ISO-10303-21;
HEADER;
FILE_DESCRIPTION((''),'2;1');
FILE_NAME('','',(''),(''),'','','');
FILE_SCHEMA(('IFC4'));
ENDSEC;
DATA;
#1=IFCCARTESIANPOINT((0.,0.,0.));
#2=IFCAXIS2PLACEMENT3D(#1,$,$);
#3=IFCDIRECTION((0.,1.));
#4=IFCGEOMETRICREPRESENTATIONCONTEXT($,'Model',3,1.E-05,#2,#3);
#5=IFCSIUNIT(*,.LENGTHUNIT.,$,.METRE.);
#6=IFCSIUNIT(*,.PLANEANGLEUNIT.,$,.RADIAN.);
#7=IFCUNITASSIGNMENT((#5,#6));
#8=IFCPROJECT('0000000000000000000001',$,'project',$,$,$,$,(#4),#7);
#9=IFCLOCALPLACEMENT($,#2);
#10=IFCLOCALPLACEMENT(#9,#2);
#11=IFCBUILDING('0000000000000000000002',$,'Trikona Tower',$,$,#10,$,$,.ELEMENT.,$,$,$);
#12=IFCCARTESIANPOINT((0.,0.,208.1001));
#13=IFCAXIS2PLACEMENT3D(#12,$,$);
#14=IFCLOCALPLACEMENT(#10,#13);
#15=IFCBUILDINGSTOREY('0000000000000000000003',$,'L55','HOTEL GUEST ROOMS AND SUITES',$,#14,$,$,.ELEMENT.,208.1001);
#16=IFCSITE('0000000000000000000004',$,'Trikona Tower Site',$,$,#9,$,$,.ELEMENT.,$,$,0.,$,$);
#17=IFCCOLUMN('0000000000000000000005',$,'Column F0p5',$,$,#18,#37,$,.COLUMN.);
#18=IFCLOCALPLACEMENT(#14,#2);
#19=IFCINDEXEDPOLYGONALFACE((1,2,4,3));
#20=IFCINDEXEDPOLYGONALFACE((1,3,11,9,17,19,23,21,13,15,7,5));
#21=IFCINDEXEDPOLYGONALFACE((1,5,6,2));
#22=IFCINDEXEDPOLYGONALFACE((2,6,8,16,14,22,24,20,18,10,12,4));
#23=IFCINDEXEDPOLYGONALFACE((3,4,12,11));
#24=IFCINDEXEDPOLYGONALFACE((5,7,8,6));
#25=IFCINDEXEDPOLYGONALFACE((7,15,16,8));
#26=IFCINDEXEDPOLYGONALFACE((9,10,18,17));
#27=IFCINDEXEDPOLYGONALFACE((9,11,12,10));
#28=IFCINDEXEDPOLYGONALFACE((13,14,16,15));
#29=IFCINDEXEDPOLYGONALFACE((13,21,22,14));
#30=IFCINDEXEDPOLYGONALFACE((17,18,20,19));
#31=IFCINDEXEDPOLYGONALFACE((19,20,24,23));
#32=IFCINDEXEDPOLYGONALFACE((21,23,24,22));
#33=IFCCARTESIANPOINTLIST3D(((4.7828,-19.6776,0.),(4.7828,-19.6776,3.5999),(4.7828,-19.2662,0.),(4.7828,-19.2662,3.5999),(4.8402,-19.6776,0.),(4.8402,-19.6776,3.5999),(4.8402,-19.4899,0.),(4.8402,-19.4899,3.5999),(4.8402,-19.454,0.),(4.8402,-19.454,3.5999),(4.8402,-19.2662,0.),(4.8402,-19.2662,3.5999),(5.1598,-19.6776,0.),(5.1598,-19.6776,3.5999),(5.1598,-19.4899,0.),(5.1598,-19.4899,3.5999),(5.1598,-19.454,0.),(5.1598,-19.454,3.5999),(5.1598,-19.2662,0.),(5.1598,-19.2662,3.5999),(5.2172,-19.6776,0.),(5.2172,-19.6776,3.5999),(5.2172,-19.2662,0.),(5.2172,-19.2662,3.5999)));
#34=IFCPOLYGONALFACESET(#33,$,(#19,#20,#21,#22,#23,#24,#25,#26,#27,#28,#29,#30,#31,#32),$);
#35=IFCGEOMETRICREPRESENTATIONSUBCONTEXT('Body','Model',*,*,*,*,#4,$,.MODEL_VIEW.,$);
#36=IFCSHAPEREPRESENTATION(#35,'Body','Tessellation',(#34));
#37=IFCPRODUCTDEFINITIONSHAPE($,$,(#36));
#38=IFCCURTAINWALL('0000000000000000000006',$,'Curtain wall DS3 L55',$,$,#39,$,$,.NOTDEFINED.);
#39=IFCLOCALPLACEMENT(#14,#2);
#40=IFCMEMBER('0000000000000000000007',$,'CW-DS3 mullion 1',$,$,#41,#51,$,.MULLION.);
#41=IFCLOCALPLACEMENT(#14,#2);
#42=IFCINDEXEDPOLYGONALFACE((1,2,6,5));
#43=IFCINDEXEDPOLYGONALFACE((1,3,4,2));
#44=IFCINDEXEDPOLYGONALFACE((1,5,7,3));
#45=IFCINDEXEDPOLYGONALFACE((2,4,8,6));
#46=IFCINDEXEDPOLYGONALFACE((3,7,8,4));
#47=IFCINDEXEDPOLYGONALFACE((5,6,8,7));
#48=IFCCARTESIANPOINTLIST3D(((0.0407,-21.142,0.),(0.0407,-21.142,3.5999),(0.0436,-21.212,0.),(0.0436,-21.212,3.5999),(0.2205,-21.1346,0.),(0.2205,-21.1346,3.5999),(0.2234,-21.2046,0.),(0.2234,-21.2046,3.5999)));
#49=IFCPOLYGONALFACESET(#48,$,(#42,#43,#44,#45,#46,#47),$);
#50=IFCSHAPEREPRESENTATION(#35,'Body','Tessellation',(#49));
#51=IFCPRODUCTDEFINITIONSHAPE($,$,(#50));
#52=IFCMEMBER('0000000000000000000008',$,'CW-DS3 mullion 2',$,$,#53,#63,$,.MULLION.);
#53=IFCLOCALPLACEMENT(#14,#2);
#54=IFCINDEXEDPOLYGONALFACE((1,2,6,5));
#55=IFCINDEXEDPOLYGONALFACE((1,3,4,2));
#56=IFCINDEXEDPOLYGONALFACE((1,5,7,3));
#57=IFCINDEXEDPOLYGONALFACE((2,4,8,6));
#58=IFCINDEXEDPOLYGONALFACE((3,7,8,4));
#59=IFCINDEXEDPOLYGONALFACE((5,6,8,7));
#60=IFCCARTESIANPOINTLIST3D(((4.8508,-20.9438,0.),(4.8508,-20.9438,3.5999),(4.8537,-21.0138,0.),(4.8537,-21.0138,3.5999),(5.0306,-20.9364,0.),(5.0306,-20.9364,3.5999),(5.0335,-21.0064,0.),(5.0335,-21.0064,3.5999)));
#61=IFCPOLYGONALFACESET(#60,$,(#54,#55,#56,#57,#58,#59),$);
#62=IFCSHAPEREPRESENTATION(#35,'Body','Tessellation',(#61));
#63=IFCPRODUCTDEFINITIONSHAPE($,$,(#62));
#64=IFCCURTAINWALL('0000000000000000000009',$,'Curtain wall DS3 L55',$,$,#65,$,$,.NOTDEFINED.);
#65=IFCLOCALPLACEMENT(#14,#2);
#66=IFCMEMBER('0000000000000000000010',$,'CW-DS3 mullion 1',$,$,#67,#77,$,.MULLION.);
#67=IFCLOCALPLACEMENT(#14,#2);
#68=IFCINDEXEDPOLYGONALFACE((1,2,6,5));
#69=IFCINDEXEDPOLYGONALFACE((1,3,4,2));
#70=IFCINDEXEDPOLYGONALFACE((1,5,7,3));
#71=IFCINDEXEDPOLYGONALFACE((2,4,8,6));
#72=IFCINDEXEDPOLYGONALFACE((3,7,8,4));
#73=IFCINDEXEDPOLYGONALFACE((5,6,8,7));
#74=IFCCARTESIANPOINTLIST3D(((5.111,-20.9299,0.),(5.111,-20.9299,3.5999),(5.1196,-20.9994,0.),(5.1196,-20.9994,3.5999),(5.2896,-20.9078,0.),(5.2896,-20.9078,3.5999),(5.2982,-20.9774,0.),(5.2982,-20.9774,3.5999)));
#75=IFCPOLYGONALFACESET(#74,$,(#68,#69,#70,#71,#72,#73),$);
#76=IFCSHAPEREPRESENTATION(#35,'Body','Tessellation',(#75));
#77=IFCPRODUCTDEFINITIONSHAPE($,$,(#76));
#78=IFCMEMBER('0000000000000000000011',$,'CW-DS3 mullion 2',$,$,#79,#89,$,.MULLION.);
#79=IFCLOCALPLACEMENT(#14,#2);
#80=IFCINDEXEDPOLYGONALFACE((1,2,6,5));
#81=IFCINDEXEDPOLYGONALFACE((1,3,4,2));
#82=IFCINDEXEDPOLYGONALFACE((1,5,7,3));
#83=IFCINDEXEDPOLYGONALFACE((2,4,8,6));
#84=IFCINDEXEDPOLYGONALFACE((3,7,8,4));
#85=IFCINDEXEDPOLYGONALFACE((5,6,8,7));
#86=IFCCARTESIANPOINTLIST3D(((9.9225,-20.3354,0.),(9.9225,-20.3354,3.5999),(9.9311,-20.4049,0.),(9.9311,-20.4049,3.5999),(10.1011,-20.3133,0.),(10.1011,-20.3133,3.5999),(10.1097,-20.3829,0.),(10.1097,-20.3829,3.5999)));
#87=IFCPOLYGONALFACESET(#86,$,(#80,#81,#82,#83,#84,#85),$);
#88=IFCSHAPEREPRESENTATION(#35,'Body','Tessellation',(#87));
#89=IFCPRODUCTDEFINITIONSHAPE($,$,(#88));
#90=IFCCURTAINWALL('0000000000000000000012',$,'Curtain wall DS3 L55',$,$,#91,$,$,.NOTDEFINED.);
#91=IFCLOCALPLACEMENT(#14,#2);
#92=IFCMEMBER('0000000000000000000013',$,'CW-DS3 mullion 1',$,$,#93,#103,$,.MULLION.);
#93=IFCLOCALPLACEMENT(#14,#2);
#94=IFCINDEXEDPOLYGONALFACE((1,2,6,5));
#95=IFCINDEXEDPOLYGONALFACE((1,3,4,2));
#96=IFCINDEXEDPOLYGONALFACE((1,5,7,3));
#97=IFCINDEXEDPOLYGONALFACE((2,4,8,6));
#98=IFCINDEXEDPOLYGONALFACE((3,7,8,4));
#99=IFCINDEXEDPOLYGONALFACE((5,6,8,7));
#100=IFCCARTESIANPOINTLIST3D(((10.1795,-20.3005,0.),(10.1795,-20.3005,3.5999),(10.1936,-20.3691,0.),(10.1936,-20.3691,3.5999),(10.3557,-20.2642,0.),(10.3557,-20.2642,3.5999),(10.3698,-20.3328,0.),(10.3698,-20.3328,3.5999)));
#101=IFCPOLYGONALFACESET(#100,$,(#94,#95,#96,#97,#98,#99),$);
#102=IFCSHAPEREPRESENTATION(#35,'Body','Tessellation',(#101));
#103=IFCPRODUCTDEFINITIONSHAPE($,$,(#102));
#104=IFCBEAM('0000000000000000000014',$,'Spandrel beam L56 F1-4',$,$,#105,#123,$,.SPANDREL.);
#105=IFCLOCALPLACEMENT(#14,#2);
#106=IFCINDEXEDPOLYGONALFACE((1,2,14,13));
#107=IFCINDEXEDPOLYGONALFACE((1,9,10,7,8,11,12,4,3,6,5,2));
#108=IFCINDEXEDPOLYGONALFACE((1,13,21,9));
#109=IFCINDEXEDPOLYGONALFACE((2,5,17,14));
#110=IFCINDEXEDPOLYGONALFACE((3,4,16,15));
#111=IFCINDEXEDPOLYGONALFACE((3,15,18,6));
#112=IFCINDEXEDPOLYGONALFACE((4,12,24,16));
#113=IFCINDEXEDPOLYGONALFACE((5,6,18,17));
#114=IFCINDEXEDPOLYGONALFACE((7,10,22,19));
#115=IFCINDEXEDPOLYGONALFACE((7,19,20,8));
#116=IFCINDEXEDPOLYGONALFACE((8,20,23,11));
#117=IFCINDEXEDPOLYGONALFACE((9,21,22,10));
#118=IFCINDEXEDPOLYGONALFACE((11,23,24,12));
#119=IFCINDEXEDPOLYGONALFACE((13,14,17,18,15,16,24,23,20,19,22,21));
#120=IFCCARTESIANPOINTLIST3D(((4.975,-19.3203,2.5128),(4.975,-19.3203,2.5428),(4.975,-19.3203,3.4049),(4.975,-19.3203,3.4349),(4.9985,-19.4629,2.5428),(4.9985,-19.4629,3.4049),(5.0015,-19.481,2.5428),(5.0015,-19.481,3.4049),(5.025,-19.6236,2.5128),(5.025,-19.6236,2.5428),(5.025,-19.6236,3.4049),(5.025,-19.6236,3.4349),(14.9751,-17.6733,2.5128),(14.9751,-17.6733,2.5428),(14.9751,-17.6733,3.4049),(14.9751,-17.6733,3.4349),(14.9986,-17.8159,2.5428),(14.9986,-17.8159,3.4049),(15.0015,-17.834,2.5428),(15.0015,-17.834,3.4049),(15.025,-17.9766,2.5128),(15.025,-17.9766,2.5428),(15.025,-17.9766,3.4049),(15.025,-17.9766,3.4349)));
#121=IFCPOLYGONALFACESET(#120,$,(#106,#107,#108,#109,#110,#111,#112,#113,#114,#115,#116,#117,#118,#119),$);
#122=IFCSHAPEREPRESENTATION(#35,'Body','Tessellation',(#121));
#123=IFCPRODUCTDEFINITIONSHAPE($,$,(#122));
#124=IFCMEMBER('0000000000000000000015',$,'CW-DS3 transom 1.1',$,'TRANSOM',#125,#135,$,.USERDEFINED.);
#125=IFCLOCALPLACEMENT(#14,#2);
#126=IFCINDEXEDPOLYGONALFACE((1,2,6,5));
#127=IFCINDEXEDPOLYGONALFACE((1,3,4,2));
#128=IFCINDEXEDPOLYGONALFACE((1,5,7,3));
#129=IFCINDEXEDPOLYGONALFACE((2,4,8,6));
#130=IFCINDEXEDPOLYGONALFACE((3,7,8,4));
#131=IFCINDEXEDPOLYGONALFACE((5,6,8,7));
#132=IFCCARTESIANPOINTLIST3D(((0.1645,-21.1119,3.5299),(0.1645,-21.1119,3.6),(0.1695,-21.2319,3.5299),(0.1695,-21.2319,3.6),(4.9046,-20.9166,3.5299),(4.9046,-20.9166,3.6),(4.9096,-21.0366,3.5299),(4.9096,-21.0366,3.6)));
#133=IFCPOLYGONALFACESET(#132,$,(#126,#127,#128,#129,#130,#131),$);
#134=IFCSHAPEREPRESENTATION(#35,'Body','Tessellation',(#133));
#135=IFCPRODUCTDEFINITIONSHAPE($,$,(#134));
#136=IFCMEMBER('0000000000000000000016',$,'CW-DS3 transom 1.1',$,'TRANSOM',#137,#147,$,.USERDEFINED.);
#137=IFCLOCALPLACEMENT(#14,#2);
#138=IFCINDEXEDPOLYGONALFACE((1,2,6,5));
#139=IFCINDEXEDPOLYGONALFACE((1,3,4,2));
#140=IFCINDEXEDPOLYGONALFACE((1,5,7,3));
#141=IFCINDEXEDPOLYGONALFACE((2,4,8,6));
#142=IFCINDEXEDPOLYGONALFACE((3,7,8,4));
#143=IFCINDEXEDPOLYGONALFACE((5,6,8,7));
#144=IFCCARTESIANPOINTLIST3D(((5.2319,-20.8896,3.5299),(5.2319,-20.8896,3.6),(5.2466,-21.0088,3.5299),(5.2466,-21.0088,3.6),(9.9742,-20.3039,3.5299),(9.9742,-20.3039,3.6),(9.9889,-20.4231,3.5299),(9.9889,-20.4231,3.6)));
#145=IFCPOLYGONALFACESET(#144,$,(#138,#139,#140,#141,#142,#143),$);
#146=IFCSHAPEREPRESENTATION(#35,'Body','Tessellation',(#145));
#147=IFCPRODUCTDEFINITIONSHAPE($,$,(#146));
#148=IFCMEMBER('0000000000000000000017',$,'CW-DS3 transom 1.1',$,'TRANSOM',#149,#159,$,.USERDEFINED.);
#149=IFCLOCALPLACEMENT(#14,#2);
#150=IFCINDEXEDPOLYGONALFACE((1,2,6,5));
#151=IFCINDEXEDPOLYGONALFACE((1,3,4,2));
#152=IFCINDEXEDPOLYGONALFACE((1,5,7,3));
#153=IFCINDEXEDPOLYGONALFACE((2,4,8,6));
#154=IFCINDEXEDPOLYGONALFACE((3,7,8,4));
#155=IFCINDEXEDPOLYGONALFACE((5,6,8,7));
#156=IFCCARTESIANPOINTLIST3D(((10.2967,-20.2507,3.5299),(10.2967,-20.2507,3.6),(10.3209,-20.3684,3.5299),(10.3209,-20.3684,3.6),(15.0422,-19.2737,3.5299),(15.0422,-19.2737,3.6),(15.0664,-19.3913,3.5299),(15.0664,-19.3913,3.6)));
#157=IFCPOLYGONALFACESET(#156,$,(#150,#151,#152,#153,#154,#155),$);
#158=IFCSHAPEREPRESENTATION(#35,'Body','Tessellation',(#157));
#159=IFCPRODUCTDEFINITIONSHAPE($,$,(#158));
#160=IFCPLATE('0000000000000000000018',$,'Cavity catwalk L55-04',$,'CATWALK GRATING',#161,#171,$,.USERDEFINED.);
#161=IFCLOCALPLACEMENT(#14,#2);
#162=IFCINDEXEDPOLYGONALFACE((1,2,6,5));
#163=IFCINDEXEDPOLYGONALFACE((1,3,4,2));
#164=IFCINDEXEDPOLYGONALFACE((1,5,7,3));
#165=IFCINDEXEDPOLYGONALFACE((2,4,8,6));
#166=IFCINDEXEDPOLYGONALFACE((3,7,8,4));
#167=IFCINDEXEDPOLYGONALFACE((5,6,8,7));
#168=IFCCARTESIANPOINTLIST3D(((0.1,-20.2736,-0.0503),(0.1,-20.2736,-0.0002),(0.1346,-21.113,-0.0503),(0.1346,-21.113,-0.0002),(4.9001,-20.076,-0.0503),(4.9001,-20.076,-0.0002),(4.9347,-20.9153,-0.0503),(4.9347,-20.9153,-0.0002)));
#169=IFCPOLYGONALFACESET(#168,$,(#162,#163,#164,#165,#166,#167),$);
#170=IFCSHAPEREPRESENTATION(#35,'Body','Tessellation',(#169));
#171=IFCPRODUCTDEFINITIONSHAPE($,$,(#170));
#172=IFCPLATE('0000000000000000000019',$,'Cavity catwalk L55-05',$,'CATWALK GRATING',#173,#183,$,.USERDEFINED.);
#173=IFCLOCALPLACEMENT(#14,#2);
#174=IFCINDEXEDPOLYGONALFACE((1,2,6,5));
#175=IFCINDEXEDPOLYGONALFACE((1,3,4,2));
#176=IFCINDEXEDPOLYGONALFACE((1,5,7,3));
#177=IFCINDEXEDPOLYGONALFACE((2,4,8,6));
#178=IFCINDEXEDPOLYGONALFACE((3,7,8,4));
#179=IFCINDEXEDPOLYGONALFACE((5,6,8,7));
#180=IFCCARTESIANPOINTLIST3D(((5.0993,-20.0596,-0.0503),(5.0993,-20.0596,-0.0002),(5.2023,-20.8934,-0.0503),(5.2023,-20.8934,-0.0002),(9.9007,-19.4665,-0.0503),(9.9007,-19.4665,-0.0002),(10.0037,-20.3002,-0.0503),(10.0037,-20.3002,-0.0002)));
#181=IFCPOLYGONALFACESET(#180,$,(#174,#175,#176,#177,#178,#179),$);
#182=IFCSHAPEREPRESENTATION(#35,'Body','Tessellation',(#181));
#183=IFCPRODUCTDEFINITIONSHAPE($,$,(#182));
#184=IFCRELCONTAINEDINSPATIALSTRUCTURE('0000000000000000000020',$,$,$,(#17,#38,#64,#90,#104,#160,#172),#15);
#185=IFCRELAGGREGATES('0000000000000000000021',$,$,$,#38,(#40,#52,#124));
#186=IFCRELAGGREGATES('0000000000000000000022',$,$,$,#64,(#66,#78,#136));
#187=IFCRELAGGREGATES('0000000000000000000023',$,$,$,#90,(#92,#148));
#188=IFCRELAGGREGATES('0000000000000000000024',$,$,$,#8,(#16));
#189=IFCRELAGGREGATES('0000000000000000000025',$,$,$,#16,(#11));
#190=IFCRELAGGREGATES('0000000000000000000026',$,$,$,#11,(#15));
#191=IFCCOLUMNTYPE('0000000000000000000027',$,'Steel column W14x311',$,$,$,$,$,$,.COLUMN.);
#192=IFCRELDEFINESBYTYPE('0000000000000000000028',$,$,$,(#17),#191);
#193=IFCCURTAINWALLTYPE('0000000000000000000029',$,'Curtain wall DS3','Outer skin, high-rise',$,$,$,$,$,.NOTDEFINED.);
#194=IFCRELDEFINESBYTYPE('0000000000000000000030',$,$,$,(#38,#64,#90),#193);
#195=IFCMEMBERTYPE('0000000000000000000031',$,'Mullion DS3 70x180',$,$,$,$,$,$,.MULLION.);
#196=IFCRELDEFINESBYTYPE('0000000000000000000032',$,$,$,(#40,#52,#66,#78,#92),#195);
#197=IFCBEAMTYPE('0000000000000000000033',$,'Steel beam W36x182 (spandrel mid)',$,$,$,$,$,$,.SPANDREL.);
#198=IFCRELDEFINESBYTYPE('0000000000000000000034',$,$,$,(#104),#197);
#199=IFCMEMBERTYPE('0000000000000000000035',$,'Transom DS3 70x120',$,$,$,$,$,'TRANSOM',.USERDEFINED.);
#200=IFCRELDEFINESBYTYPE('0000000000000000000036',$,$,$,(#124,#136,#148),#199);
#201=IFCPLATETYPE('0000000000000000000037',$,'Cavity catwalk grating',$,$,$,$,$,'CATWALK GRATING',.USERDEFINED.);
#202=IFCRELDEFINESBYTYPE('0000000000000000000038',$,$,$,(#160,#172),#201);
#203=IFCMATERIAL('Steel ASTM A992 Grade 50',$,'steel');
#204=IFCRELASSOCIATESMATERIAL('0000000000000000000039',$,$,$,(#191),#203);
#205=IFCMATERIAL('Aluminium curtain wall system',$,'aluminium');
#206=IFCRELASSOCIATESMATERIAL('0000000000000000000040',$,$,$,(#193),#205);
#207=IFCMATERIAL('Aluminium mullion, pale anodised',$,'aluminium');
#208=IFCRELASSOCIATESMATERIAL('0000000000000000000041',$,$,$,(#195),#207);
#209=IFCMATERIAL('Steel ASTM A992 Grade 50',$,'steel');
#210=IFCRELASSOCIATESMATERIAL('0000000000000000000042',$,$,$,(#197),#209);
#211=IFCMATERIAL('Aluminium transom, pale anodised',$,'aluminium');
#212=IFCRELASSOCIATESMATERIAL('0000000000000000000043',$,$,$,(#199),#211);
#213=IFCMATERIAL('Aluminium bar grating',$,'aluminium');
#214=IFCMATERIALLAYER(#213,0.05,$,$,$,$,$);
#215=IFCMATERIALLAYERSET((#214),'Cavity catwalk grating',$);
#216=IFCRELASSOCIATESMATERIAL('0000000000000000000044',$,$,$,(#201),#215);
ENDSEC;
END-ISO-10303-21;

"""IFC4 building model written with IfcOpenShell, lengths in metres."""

from ifc_helpers import new_model, si_unit, direction, frame, origin, origin_2d, place, context, subcontext, project, spatial, rectangle, i_section, extrude, material, layer, layer_set, material_profile, profile_set, type_object, element, aggregate, save


model = new_model("IFC4")

# Units and contexts
model_context = context("Model", 3, precision=1e-05, world=origin(), true_north=direction((0.0, 1.0)))
body_context = subcontext(model_context, "Body", "Model", "MODEL_VIEW")
ifc_project = project(units=[si_unit("LENGTHUNIT", "METRE"), si_unit("PLANEANGLEUNIT", "RADIAN")], contexts=[model_context])

# Site, building, storey
site_placement = place(None, origin())
site = spatial("IfcSite", under=ifc_project, at=site_placement, Name="Trikona Tower Site", CompositionType="ELEMENT", RefElevation=0.0)
building_placement = place(site_placement, origin())
building = spatial("IfcBuilding", under=site, at=building_placement, Name="Trikona Tower", CompositionType="ELEMENT")
storey_placement = place(building_placement, frame((0.0, 0.0, 208.1001)))
storey = spatial("IfcBuildingStorey", under=building, at=storey_placement, Name="L55", Description="HOTEL GUEST ROOMS AND SUITES", CompositionType="ELEMENT", Elevation=208.1001)

# Column
ifc_material_1 = material(Name="Steel ASTM A992 Grade 50", Category="steel")
ifc_material_profile_1 = material_profile(ifc_material_1, i_section(OverallWidth=0.4114, OverallDepth=0.4343, WebThickness=0.0359, FlangeThickness=0.0574, at=origin_2d()), Name="W14X311")
ifc_profile_set_1 = profile_set([ifc_material_profile_1], Name="Steel ASTM A992 Grade 50")
column_type = type_object("IfcColumnType", Name="Steel column W14x311", PredefinedType="COLUMN", material=ifc_profile_set_1)
column_placement = place(storey_placement, frame((5.0, -19.4719, 0.0), z_axis=(0.0, 0.0, 1.0), x_axis=(0.0, -1.0, 0.0)))
element("IfcColumn", 1, at=column_placement, inside=storey, type_object=column_type, Name="Column F0p5", PredefinedType="COLUMN", context=body_context, shape_type="SweptSolid", body=[
    extrude(i_section(OverallWidth=0.4114, OverallDepth=0.4343, WebThickness=0.0359, FlangeThickness=0.0574, at=origin_2d()), origin(), (0.0, 0.0, 1.0), 3.5999),
])

# Curtain walls, members
ifc_material_2 = material(Name="Aluminium curtain wall system", Category="aluminium")
curtain_wall_type = type_object("IfcCurtainWallType", Name="Curtain wall DS3", Description="Outer skin, high-rise", PredefinedType="NOTDEFINED", material=ifc_material_2)
curtain_wall_1_placement = place(storey_placement, origin())
curtain_wall_1 = element("IfcCurtainWall", 2, at=curtain_wall_1_placement, inside=storey, type_object=curtain_wall_type, Name="Curtain wall DS3 L55", PredefinedType="NOTDEFINED")
ifc_material_3 = material(Name="Aluminium mullion, pale anodised", Category="aluminium")
ifc_material_profile_2 = material_profile(ifc_material_3, rectangle(XDim=0.0701, YDim=0.1799, at=origin_2d()), Name="MUL-DS3")
ifc_profile_set_2 = profile_set([ifc_material_profile_2], Name="Aluminium mullion, pale anodised")
member_type_1 = type_object("IfcMemberType", Name="Mullion DS3 70x180", PredefinedType="MULLION", material=ifc_profile_set_2)
member_1_placement = place(storey_placement, frame((0.1321, -21.1733, 0.0), z_axis=(0.0, 0.0, 1.0), x_axis=(-0.041153, 0.999153, 0.0)))
member_1 = element("IfcMember", 3, at=member_1_placement, type_object=member_type_1, Name="CW-DS3 mullion 1", PredefinedType="MULLION", context=body_context, shape_type="SweptSolid", body=[
    extrude(rectangle(XDim=0.0701, YDim=0.1799, at=origin_2d()), origin(), (0.0, 0.0, 1.0), 3.5999),
])
member_2_placement = place(storey_placement, frame((4.9421, -20.9751, 0.0), z_axis=(0.0, 0.0, 1.0), x_axis=(-0.041153, 0.999153, 0.0)))
member_2 = element("IfcMember", 4, at=member_2_placement, type_object=member_type_1, Name="CW-DS3 mullion 2", PredefinedType="MULLION", context=body_context, shape_type="SweptSolid", body=[
    extrude(rectangle(XDim=0.0701, YDim=0.1799, at=origin_2d()), origin(), (0.0, 0.0, 1.0), 3.5999),
])
curtain_wall_2_placement = place(storey_placement, origin())
curtain_wall_2 = element("IfcCurtainWall", 5, at=curtain_wall_2_placement, inside=storey, type_object=curtain_wall_type, Name="Curtain wall DS3 L55", PredefinedType="NOTDEFINED")
member_3_placement = place(storey_placement, frame((5.2046, -20.9536, 0.0), z_axis=(0.0, 0.0, 1.0), x_axis=(-0.122611, 0.992455, 0.0)))
member_3 = element("IfcMember", 6, at=member_3_placement, type_object=member_type_1, Name="CW-DS3 mullion 1", PredefinedType="MULLION", context=body_context, shape_type="SweptSolid", body=[
    extrude(rectangle(XDim=0.0701, YDim=0.1799, at=origin_2d()), origin(), (0.0, 0.0, 1.0), 3.5999),
])
member_4_placement = place(storey_placement, frame((10.0161, -20.3591, 0.0), z_axis=(0.0, 0.0, 1.0), x_axis=(-0.122611, 0.992455, 0.0)))
member_4 = element("IfcMember", 7, at=member_4_placement, type_object=member_type_1, Name="CW-DS3 mullion 2", PredefinedType="MULLION", context=body_context, shape_type="SweptSolid", body=[
    extrude(rectangle(XDim=0.0701, YDim=0.1799, at=origin_2d()), origin(), (0.0, 0.0, 1.0), 3.5999),
])

# Curtain wall, member
curtain_wall_3_placement = place(storey_placement, origin())
curtain_wall_3 = element("IfcCurtainWall", 8, at=curtain_wall_3_placement, inside=storey, type_object=curtain_wall_type, Name="Curtain wall DS3 L55", PredefinedType="NOTDEFINED")
member_5_placement = place(storey_placement, frame((10.2747, -20.3167, 0.0), z_axis=(0.0, 0.0, 1.0), x_axis=(-0.201653, 0.979457, 0.0)))
member_5 = element("IfcMember", 9, at=member_5_placement, type_object=member_type_1, Name="CW-DS3 mullion 1", PredefinedType="MULLION", context=body_context, shape_type="SweptSolid", body=[
    extrude(rectangle(XDim=0.0701, YDim=0.1799, at=origin_2d()), origin(), (0.0, 0.0, 1.0), 3.5999),
])

# Beam
ifc_material_4 = material(Name="Steel ASTM A992 Grade 50", Category="steel")
ifc_material_profile_3 = material_profile(ifc_material_4, i_section(OverallWidth=0.3074, OverallDepth=0.9221, WebThickness=0.0183, FlangeThickness=0.03, at=origin_2d()), Name="W36X182")
ifc_profile_set_3 = profile_set([ifc_material_profile_3], Name="Steel ASTM A992 Grade 50")
beam_type = type_object("IfcBeamType", Name="Steel beam W36x182 (spandrel mid)", PredefinedType="SPANDREL", material=ifc_profile_set_3)
beam_placement = place(storey_placement, frame((5.0, -19.4719, 2.9739), z_axis=(0.986707, 0.162508, 0.0), x_axis=(-0.162508, 0.986707, 0.0)))
element("IfcBeam", 10, at=beam_placement, inside=storey, type_object=beam_type, Name="Spandrel beam L56 F1-4", PredefinedType="SPANDREL", context=body_context, shape_type="SweptSolid", body=[
    extrude(i_section(OverallWidth=0.3074, OverallDepth=0.9221, WebThickness=0.0183, FlangeThickness=0.03, at=origin_2d()), origin(), (0.0, 0.0, 1.0), 10.1348),
])

# Members
ifc_material_5 = material(Name="Aluminium transom, pale anodised", Category="aluminium")
ifc_material_profile_4 = material_profile(ifc_material_5, rectangle(XDim=0.1201, YDim=0.0701, at=origin_2d()), Name="TRN-DS3")
ifc_profile_set_4 = profile_set([ifc_material_profile_4], Name="Aluminium transom, pale anodised")
member_type_2 = type_object("IfcMemberType", Name="Transom DS3 70x120", ElementType="TRANSOM", PredefinedType="USERDEFINED", material=ifc_profile_set_4)
member_6_placement = place(storey_placement, frame((0.167, -21.1719, 3.5649), z_axis=(0.999152, 0.041168, 0.0), x_axis=(-0.041168, 0.999152, 0.0)))
member_6 = element("IfcMember", 11, at=member_6_placement, type_object=member_type_2, Name="CW-DS3 transom 1.1", ObjectType="TRANSOM", PredefinedType="USERDEFINED", context=body_context, shape_type="SweptSolid", body=[
    extrude(rectangle(XDim=0.1201, YDim=0.0701, at=origin_2d()), origin(), (0.0, 0.0, 1.0), 4.7441),
])
member_7_placement = place(storey_placement, frame((5.2393, -20.9492, 3.5649), z_axis=(0.992459, 0.122576, 0.0), x_axis=(-0.122576, 0.992459, 0.0)))
member_7 = element("IfcMember", 12, at=member_7_placement, type_object=member_type_2, Name="CW-DS3 transom 1.1", ObjectType="TRANSOM", PredefinedType="USERDEFINED", context=body_context, shape_type="SweptSolid", body=[
    extrude(rectangle(XDim=0.1201, YDim=0.0701, at=origin_2d()), origin(), (0.0, 0.0, 1.0), 4.7783),
])
member_8_placement = place(storey_placement, frame((10.3088, -20.3096, 3.5649), z_axis=(0.979454, 0.201666, 0.0), x_axis=(-0.201666, 0.979454, 0.0)))
member_8 = element("IfcMember", 13, at=member_8_placement, type_object=member_type_2, Name="CW-DS3 transom 1.1", ObjectType="TRANSOM", PredefinedType="USERDEFINED", context=body_context, shape_type="SweptSolid", body=[
    extrude(rectangle(XDim=0.1201, YDim=0.0701, at=origin_2d()), origin(), (0.0, 0.0, 1.0), 4.845),
])

# Plates
ifc_material_6 = material(Name="Aluminium bar grating", Category="aluminium")
ifc_layer_1 = layer(ifc_material_6, 0.05)
ifc_layer_set_1 = layer_set([ifc_layer_1], Name="Cavity catwalk grating")
plate_type_1 = type_object("IfcPlateType", Name="Cavity catwalk grating", ElementType="CATWALK GRATING", PredefinedType="USERDEFINED", material=ifc_layer_set_1)
plate_1_placement = place(storey_placement, frame((2.5173, -20.5945, -0.0503), z_axis=(0.0, 0.0, 1.0), x_axis=(0.999153, 0.041145, 0.0)))
element("IfcPlate", 14, at=plate_1_placement, inside=storey, type_object=plate_type_1, Name="Cavity catwalk L55-04", ObjectType="CATWALK GRATING", PredefinedType="USERDEFINED", context=body_context, shape_type="SweptSolid", body=[
    extrude(rectangle(XDim=4.8042, YDim=0.8401, at=origin_2d()), origin(), (0.0, 0.0, 1.0), 0.05),
])
plate_2_placement = place(storey_placement, frame((7.5515, -20.1799, -0.0503), z_axis=(0.0, 0.0, 1.0), x_axis=(0.992455, 0.122607, 0.0)))
element("IfcPlate", 15, at=plate_2_placement, inside=storey, type_object=plate_type_1, Name="Cavity catwalk L55-05", ObjectType="CATWALK GRATING", PredefinedType="USERDEFINED", context=body_context, shape_type="SweptSolid", body=[
    extrude(rectangle(XDim=4.8379, YDim=0.8401, at=origin_2d()), origin(), (0.0, 0.0, 1.0), 0.05),
])

aggregate(curtain_wall_1, [member_1, member_2, member_6])
aggregate(curtain_wall_2, [member_3, member_4, member_7])
aggregate(curtain_wall_3, [member_5, member_8])

save(model, "model.ifc")
